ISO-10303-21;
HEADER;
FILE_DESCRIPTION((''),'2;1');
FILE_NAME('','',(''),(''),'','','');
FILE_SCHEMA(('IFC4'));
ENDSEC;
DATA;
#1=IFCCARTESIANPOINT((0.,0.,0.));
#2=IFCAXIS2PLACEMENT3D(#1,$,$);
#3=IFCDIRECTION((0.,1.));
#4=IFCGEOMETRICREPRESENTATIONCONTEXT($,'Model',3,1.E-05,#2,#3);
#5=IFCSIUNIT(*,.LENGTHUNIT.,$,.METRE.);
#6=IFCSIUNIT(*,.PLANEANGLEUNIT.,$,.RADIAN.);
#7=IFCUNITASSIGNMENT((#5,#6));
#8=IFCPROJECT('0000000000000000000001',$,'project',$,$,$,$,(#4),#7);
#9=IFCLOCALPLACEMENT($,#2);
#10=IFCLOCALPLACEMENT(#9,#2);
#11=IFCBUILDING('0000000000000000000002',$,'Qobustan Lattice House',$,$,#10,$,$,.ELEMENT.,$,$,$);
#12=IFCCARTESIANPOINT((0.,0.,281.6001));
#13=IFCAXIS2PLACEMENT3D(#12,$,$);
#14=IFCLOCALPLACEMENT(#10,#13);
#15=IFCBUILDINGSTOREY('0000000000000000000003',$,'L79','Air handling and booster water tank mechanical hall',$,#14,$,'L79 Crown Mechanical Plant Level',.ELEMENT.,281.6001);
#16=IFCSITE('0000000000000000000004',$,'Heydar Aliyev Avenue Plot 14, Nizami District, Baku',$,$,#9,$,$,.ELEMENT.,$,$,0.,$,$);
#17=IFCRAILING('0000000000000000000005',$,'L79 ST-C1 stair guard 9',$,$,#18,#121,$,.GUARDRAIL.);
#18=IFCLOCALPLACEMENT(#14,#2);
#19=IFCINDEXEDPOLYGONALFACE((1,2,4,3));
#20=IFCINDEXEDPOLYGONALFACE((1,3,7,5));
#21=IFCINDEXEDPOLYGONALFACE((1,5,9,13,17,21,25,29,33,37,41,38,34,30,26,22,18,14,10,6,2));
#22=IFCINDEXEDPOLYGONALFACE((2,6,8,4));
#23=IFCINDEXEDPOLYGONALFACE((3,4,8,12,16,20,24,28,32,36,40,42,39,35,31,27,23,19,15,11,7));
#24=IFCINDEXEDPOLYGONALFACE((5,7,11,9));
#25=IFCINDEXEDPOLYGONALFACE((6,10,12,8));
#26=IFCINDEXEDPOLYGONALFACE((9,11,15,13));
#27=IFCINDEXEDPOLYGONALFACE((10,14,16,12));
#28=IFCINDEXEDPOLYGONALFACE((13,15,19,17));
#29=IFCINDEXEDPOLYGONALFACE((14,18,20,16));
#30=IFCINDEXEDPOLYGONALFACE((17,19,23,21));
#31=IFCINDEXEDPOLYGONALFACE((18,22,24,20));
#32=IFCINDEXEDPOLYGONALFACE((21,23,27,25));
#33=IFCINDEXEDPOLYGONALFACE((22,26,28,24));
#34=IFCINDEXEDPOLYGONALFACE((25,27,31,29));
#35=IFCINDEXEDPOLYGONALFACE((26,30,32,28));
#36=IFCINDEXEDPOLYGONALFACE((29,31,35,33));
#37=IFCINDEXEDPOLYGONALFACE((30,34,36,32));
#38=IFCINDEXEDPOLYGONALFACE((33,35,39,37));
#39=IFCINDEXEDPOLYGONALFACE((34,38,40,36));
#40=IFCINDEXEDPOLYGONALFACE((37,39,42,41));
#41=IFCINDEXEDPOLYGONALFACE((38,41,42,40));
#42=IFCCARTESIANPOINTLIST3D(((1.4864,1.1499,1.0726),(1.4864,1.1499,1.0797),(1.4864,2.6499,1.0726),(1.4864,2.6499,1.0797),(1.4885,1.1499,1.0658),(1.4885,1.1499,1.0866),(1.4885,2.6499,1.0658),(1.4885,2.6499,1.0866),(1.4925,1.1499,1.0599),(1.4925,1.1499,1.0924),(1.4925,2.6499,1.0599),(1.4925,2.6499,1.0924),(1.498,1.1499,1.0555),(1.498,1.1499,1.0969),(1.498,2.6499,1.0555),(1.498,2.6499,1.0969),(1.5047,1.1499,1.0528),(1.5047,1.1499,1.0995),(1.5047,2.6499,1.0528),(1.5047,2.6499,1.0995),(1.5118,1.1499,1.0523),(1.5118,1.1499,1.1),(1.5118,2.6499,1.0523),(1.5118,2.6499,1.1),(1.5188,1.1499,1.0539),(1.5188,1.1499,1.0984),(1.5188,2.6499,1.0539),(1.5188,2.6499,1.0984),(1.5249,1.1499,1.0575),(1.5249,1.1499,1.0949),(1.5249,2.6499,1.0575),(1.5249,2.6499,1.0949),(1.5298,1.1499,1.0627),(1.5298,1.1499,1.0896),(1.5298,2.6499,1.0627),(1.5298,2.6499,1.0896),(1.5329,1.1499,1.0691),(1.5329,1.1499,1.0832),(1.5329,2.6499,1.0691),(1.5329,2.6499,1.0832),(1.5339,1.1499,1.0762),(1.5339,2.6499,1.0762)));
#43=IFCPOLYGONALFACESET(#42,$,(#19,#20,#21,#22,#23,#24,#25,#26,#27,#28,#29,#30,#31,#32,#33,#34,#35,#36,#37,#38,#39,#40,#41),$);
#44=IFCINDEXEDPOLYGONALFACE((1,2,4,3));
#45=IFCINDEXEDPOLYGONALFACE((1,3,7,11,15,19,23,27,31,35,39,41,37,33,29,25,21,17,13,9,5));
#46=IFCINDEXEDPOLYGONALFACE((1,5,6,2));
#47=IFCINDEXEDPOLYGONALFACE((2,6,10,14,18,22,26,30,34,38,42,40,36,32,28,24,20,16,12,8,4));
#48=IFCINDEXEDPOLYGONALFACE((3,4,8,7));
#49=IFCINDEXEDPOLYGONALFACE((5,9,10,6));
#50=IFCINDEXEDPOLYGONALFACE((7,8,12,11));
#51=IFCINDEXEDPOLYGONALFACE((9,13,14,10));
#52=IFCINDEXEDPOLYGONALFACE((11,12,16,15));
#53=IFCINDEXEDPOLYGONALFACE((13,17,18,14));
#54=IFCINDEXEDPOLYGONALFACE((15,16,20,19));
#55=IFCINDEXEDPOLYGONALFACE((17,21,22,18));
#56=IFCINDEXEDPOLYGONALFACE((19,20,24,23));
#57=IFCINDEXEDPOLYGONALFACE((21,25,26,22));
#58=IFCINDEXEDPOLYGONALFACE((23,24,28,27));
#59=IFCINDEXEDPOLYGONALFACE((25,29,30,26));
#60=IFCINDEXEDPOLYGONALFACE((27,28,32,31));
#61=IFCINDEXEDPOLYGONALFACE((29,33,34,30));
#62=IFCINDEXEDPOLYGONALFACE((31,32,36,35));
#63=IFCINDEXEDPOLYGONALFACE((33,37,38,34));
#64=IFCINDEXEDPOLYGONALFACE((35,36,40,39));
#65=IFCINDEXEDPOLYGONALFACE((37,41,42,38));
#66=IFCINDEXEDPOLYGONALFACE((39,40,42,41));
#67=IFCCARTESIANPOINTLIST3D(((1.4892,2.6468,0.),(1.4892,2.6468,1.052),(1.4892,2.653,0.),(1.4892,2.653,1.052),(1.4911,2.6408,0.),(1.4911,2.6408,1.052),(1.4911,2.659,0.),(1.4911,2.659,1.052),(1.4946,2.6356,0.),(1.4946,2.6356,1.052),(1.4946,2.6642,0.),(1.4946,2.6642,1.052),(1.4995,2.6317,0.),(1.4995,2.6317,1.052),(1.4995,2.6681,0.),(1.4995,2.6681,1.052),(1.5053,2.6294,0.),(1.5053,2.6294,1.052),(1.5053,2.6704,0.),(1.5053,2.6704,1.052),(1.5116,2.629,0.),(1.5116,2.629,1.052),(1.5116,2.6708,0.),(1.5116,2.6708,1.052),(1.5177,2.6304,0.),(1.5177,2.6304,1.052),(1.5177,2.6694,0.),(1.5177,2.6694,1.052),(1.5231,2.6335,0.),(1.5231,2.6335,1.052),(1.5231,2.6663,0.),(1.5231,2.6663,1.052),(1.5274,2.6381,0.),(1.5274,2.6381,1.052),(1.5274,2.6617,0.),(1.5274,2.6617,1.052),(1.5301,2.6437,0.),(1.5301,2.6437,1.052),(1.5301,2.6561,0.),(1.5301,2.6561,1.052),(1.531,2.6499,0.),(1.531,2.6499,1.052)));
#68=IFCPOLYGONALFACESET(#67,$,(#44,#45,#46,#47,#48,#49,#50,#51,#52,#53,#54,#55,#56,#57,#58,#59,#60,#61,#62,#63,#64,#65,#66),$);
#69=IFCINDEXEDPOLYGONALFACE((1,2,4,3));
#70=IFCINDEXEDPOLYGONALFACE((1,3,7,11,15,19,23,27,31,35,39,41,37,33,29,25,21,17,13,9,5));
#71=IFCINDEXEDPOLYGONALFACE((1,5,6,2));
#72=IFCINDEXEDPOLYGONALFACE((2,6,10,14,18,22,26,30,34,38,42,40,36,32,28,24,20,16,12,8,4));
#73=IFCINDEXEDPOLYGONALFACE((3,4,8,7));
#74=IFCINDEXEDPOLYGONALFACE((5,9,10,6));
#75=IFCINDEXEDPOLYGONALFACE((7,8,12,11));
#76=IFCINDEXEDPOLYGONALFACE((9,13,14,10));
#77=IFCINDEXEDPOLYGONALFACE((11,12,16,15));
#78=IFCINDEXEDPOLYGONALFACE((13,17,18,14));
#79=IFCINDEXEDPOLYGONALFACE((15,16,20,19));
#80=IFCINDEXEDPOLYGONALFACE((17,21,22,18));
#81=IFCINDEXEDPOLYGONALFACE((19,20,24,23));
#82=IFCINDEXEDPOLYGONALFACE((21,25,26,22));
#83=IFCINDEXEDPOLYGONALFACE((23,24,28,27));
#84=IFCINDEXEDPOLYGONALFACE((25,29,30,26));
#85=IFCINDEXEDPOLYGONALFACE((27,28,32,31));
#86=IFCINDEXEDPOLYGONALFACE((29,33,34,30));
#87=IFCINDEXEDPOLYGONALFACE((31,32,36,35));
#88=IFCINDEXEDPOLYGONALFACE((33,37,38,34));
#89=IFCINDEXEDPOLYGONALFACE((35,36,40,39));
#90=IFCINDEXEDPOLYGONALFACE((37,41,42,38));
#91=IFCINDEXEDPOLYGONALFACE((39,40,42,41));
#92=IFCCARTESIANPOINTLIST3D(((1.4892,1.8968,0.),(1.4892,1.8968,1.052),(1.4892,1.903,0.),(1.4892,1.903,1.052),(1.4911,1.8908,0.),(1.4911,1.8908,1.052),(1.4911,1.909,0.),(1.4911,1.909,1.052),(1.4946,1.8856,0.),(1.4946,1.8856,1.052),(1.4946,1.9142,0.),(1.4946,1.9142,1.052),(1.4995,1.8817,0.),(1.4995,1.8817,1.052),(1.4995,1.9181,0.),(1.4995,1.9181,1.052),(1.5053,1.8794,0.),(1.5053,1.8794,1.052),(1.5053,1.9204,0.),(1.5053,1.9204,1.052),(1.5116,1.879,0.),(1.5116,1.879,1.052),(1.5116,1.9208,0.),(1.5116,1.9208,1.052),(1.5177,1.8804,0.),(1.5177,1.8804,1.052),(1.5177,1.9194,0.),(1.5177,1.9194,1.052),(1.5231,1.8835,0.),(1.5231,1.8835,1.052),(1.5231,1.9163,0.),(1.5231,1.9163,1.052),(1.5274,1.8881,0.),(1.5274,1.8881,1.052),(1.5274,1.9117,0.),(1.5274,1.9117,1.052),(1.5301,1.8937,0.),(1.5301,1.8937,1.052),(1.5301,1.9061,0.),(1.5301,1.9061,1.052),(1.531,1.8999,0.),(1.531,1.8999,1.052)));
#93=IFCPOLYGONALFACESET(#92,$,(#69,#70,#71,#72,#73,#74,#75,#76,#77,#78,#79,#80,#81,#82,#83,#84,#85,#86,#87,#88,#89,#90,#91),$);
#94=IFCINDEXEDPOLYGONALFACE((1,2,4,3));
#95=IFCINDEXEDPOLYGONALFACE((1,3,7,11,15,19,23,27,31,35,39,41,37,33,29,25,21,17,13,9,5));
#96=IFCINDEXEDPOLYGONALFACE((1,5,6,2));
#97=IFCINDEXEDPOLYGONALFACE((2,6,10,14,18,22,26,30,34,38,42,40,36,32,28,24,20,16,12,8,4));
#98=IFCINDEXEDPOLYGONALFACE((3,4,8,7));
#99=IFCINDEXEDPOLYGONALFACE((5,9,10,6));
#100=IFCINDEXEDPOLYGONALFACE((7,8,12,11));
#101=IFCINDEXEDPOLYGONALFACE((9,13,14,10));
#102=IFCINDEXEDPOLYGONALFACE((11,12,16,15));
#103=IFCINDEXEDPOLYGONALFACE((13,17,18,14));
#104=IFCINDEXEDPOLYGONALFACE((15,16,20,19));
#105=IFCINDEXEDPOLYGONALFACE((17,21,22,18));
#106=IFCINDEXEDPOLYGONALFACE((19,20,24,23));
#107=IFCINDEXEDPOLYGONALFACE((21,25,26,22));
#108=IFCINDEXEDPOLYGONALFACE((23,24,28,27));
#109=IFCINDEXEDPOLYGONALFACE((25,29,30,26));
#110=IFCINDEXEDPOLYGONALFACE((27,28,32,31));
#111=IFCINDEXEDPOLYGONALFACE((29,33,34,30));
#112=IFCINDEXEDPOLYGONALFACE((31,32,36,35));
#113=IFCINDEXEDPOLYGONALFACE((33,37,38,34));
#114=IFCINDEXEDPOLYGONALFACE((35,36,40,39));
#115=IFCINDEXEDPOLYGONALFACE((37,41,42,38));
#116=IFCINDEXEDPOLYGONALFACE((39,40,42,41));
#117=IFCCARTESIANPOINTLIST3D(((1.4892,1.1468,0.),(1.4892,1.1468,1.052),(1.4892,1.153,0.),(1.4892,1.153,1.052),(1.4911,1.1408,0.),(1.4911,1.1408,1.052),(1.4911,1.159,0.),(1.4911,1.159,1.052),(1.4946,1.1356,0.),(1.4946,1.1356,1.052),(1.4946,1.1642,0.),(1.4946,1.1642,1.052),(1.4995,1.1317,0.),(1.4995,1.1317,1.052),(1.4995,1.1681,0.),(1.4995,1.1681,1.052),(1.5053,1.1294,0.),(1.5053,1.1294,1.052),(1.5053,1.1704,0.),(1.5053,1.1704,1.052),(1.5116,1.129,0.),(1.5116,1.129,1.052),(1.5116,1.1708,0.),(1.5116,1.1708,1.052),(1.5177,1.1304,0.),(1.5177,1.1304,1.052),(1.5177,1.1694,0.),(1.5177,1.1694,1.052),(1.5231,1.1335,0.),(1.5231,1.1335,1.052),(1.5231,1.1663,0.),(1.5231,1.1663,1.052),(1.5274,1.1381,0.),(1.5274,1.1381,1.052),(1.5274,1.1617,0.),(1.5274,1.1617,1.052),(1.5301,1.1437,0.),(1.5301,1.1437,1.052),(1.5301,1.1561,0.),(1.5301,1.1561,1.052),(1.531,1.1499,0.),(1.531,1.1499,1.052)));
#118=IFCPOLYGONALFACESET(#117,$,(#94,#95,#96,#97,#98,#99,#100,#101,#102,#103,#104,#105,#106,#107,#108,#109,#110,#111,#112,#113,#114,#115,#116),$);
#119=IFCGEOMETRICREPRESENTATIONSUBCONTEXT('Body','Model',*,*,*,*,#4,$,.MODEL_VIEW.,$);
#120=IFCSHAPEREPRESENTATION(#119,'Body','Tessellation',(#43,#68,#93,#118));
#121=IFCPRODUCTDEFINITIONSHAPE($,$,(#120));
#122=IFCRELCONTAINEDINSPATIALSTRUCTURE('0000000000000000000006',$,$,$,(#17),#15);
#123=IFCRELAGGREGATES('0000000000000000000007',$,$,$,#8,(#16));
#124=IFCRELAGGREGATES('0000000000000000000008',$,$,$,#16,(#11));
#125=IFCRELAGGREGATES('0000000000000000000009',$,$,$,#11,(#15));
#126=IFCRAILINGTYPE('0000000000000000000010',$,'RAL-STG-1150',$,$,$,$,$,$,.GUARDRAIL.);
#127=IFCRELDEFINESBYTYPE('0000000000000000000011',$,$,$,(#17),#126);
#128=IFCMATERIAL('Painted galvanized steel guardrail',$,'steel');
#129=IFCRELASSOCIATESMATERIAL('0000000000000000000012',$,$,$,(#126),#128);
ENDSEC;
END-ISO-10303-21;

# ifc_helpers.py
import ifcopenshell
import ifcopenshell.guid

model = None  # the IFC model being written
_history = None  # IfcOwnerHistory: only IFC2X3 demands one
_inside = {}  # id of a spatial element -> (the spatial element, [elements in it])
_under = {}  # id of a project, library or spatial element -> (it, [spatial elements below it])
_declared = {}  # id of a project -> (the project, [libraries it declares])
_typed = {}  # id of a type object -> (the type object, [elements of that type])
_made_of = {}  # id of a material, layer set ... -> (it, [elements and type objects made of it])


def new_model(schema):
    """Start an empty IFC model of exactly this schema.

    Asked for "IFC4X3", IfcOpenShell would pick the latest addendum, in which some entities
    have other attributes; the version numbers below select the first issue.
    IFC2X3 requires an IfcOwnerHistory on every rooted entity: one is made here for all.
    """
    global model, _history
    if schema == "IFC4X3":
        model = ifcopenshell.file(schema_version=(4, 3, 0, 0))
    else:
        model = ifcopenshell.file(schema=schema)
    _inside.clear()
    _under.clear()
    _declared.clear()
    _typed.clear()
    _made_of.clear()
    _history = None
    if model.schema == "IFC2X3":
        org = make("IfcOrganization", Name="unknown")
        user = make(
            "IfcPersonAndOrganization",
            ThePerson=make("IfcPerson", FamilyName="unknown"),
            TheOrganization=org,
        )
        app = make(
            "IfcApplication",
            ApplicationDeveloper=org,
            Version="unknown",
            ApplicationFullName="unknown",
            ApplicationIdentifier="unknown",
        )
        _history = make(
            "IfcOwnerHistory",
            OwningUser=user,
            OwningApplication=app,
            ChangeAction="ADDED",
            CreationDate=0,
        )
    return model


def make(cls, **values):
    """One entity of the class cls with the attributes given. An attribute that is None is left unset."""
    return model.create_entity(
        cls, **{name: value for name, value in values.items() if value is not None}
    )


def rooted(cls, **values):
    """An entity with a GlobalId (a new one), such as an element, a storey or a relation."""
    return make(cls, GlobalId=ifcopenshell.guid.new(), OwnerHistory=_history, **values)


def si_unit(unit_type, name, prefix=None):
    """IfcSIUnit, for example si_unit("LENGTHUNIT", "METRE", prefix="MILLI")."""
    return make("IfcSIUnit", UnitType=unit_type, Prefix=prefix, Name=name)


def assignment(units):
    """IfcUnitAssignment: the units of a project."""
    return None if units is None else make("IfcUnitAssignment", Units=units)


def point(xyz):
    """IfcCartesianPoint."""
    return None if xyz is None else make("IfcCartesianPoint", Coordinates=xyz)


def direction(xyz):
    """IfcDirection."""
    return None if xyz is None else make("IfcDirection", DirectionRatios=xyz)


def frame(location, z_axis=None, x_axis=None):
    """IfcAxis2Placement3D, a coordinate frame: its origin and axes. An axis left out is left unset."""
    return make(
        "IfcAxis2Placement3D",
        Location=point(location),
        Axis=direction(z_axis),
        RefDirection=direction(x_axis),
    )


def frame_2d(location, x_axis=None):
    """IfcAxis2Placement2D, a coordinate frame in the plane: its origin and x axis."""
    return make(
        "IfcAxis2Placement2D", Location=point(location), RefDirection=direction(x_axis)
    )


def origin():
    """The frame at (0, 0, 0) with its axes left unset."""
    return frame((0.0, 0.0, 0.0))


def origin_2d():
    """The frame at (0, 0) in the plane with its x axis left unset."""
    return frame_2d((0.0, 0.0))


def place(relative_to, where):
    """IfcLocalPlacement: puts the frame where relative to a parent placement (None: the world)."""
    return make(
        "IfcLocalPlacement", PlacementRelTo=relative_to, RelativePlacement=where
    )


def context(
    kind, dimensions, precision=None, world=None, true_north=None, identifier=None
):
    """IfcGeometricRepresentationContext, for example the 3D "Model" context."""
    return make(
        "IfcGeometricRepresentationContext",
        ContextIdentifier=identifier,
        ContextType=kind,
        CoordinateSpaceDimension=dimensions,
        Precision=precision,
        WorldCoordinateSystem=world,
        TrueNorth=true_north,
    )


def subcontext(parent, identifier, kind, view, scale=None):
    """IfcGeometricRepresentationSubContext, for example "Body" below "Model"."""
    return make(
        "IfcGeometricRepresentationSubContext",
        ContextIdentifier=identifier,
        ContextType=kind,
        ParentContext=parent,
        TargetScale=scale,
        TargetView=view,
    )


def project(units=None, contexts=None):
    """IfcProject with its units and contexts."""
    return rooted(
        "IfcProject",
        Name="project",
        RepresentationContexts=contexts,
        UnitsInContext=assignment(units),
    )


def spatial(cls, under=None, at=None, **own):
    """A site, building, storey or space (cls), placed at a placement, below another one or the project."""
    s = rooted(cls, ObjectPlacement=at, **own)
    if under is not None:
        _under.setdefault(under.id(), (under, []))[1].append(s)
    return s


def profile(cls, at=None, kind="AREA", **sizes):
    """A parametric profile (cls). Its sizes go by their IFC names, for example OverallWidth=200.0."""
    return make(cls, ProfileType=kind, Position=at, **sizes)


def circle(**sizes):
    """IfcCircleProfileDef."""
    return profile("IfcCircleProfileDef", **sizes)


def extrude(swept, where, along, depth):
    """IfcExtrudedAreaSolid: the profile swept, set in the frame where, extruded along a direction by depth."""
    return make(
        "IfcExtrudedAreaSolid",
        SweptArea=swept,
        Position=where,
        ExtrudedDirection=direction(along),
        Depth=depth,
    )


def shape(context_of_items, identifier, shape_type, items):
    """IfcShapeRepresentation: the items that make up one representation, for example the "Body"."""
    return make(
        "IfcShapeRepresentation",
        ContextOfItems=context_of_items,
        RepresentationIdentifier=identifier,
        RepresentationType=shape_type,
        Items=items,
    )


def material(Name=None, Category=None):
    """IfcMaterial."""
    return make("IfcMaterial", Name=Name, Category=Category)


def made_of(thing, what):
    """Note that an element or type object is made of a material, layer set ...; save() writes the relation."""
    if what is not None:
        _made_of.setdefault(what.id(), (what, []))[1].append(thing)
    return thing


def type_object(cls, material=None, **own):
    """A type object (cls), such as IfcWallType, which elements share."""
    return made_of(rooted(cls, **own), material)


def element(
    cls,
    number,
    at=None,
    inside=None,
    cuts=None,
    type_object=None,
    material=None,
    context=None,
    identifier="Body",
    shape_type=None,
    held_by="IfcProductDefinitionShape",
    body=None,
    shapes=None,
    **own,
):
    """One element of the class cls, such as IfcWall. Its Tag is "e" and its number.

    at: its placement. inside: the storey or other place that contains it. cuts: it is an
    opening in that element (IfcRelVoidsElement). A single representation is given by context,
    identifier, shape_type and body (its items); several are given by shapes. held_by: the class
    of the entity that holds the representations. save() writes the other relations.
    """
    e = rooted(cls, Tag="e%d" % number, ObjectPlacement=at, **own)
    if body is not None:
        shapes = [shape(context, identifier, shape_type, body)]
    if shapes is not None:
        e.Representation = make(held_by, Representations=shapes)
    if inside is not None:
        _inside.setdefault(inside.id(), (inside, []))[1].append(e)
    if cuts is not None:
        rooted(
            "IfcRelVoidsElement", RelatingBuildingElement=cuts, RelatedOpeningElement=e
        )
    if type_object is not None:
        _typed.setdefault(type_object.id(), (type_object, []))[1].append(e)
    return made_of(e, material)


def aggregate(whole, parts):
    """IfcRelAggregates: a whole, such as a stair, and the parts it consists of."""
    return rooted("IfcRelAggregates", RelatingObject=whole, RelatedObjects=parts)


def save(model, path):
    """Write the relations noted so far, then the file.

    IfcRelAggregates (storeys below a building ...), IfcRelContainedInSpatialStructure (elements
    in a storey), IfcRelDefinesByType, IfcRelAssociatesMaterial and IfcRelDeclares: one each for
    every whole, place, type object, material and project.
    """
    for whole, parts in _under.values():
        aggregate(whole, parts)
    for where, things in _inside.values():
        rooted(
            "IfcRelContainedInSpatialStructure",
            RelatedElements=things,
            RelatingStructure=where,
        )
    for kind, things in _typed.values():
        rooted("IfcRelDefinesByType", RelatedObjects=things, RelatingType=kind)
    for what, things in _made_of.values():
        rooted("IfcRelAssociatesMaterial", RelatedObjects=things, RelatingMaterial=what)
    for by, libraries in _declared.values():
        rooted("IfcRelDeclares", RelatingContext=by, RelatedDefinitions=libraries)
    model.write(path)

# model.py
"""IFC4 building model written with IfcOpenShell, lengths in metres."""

from ifc_helpers import new_model, si_unit, direction, frame, origin, origin_2d, place, context, subcontext, project, spatial, circle, extrude, material, type_object, element, save


model = new_model("IFC4")

# Units and contexts
model_context = context("Model", 3, precision=1e-05, world=origin(), true_north=direction((0.0, 1.0)))
body_context = subcontext(model_context, "Body", "Model", "MODEL_VIEW")
ifc_project = project(units=[si_unit("LENGTHUNIT", "METRE"), si_unit("PLANEANGLEUNIT", "RADIAN")], contexts=[model_context])

# Site, building, storey
site_placement = place(None, origin())
site = spatial("IfcSite", under=ifc_project, at=site_placement, Name="Heydar Aliyev Avenue Plot 14, Nizami District, Baku", CompositionType="ELEMENT", RefElevation=0.0)
building_placement = place(site_placement, origin())
building = spatial("IfcBuilding", under=site, at=building_placement, Name="Qobustan Lattice House", CompositionType="ELEMENT")
storey_placement = place(building_placement, frame((0.0, 0.0, 281.6001)))
storey = spatial("IfcBuildingStorey", under=building, at=storey_placement, Name="L79", Description="Air handling and booster water tank mechanical hall", LongName="L79 Crown Mechanical Plant Level", CompositionType="ELEMENT", Elevation=281.6001)

# Railing
ifc_material_1 = material(Name="Painted galvanized steel guardrail", Category="steel")
railing_type = type_object("IfcRailingType", Name="RAL-STG-1150", PredefinedType="GUARDRAIL", material=ifc_material_1)
railing_1_placement = place(storey_placement, frame((1.51, 2.6499, 0.0)))
element("IfcRailing", 1, at=railing_1_placement, inside=storey, type_object=railing_type, Name="L79 ST-C1 stair guard 9", PredefinedType="GUARDRAIL", context=body_context, shape_type="SweptSolid", body=[
    extrude(circle(Radius=0.0239, at=origin_2d()), frame((0.0, 0.0, 1.0762), z_axis=(0.0, -1.0, 0.0), x_axis=(1.0, 0.0, 0.0)), (0.0, 0.0, 1.0), 1.5),
    extrude(circle(Radius=0.021, at=origin_2d()), origin(), (0.0, 0.0, 1.0), 1.052),
    extrude(circle(Radius=0.021, at=origin_2d()), frame((0.0, -0.75, 0.0)), (0.0, 0.0, 1.0), 1.052),
    extrude(circle(Radius=0.021, at=origin_2d()), frame((0.0, -1.5, 0.0)), (0.0, 0.0, 1.0), 1.052),
])

save(model, "model.ifc")
